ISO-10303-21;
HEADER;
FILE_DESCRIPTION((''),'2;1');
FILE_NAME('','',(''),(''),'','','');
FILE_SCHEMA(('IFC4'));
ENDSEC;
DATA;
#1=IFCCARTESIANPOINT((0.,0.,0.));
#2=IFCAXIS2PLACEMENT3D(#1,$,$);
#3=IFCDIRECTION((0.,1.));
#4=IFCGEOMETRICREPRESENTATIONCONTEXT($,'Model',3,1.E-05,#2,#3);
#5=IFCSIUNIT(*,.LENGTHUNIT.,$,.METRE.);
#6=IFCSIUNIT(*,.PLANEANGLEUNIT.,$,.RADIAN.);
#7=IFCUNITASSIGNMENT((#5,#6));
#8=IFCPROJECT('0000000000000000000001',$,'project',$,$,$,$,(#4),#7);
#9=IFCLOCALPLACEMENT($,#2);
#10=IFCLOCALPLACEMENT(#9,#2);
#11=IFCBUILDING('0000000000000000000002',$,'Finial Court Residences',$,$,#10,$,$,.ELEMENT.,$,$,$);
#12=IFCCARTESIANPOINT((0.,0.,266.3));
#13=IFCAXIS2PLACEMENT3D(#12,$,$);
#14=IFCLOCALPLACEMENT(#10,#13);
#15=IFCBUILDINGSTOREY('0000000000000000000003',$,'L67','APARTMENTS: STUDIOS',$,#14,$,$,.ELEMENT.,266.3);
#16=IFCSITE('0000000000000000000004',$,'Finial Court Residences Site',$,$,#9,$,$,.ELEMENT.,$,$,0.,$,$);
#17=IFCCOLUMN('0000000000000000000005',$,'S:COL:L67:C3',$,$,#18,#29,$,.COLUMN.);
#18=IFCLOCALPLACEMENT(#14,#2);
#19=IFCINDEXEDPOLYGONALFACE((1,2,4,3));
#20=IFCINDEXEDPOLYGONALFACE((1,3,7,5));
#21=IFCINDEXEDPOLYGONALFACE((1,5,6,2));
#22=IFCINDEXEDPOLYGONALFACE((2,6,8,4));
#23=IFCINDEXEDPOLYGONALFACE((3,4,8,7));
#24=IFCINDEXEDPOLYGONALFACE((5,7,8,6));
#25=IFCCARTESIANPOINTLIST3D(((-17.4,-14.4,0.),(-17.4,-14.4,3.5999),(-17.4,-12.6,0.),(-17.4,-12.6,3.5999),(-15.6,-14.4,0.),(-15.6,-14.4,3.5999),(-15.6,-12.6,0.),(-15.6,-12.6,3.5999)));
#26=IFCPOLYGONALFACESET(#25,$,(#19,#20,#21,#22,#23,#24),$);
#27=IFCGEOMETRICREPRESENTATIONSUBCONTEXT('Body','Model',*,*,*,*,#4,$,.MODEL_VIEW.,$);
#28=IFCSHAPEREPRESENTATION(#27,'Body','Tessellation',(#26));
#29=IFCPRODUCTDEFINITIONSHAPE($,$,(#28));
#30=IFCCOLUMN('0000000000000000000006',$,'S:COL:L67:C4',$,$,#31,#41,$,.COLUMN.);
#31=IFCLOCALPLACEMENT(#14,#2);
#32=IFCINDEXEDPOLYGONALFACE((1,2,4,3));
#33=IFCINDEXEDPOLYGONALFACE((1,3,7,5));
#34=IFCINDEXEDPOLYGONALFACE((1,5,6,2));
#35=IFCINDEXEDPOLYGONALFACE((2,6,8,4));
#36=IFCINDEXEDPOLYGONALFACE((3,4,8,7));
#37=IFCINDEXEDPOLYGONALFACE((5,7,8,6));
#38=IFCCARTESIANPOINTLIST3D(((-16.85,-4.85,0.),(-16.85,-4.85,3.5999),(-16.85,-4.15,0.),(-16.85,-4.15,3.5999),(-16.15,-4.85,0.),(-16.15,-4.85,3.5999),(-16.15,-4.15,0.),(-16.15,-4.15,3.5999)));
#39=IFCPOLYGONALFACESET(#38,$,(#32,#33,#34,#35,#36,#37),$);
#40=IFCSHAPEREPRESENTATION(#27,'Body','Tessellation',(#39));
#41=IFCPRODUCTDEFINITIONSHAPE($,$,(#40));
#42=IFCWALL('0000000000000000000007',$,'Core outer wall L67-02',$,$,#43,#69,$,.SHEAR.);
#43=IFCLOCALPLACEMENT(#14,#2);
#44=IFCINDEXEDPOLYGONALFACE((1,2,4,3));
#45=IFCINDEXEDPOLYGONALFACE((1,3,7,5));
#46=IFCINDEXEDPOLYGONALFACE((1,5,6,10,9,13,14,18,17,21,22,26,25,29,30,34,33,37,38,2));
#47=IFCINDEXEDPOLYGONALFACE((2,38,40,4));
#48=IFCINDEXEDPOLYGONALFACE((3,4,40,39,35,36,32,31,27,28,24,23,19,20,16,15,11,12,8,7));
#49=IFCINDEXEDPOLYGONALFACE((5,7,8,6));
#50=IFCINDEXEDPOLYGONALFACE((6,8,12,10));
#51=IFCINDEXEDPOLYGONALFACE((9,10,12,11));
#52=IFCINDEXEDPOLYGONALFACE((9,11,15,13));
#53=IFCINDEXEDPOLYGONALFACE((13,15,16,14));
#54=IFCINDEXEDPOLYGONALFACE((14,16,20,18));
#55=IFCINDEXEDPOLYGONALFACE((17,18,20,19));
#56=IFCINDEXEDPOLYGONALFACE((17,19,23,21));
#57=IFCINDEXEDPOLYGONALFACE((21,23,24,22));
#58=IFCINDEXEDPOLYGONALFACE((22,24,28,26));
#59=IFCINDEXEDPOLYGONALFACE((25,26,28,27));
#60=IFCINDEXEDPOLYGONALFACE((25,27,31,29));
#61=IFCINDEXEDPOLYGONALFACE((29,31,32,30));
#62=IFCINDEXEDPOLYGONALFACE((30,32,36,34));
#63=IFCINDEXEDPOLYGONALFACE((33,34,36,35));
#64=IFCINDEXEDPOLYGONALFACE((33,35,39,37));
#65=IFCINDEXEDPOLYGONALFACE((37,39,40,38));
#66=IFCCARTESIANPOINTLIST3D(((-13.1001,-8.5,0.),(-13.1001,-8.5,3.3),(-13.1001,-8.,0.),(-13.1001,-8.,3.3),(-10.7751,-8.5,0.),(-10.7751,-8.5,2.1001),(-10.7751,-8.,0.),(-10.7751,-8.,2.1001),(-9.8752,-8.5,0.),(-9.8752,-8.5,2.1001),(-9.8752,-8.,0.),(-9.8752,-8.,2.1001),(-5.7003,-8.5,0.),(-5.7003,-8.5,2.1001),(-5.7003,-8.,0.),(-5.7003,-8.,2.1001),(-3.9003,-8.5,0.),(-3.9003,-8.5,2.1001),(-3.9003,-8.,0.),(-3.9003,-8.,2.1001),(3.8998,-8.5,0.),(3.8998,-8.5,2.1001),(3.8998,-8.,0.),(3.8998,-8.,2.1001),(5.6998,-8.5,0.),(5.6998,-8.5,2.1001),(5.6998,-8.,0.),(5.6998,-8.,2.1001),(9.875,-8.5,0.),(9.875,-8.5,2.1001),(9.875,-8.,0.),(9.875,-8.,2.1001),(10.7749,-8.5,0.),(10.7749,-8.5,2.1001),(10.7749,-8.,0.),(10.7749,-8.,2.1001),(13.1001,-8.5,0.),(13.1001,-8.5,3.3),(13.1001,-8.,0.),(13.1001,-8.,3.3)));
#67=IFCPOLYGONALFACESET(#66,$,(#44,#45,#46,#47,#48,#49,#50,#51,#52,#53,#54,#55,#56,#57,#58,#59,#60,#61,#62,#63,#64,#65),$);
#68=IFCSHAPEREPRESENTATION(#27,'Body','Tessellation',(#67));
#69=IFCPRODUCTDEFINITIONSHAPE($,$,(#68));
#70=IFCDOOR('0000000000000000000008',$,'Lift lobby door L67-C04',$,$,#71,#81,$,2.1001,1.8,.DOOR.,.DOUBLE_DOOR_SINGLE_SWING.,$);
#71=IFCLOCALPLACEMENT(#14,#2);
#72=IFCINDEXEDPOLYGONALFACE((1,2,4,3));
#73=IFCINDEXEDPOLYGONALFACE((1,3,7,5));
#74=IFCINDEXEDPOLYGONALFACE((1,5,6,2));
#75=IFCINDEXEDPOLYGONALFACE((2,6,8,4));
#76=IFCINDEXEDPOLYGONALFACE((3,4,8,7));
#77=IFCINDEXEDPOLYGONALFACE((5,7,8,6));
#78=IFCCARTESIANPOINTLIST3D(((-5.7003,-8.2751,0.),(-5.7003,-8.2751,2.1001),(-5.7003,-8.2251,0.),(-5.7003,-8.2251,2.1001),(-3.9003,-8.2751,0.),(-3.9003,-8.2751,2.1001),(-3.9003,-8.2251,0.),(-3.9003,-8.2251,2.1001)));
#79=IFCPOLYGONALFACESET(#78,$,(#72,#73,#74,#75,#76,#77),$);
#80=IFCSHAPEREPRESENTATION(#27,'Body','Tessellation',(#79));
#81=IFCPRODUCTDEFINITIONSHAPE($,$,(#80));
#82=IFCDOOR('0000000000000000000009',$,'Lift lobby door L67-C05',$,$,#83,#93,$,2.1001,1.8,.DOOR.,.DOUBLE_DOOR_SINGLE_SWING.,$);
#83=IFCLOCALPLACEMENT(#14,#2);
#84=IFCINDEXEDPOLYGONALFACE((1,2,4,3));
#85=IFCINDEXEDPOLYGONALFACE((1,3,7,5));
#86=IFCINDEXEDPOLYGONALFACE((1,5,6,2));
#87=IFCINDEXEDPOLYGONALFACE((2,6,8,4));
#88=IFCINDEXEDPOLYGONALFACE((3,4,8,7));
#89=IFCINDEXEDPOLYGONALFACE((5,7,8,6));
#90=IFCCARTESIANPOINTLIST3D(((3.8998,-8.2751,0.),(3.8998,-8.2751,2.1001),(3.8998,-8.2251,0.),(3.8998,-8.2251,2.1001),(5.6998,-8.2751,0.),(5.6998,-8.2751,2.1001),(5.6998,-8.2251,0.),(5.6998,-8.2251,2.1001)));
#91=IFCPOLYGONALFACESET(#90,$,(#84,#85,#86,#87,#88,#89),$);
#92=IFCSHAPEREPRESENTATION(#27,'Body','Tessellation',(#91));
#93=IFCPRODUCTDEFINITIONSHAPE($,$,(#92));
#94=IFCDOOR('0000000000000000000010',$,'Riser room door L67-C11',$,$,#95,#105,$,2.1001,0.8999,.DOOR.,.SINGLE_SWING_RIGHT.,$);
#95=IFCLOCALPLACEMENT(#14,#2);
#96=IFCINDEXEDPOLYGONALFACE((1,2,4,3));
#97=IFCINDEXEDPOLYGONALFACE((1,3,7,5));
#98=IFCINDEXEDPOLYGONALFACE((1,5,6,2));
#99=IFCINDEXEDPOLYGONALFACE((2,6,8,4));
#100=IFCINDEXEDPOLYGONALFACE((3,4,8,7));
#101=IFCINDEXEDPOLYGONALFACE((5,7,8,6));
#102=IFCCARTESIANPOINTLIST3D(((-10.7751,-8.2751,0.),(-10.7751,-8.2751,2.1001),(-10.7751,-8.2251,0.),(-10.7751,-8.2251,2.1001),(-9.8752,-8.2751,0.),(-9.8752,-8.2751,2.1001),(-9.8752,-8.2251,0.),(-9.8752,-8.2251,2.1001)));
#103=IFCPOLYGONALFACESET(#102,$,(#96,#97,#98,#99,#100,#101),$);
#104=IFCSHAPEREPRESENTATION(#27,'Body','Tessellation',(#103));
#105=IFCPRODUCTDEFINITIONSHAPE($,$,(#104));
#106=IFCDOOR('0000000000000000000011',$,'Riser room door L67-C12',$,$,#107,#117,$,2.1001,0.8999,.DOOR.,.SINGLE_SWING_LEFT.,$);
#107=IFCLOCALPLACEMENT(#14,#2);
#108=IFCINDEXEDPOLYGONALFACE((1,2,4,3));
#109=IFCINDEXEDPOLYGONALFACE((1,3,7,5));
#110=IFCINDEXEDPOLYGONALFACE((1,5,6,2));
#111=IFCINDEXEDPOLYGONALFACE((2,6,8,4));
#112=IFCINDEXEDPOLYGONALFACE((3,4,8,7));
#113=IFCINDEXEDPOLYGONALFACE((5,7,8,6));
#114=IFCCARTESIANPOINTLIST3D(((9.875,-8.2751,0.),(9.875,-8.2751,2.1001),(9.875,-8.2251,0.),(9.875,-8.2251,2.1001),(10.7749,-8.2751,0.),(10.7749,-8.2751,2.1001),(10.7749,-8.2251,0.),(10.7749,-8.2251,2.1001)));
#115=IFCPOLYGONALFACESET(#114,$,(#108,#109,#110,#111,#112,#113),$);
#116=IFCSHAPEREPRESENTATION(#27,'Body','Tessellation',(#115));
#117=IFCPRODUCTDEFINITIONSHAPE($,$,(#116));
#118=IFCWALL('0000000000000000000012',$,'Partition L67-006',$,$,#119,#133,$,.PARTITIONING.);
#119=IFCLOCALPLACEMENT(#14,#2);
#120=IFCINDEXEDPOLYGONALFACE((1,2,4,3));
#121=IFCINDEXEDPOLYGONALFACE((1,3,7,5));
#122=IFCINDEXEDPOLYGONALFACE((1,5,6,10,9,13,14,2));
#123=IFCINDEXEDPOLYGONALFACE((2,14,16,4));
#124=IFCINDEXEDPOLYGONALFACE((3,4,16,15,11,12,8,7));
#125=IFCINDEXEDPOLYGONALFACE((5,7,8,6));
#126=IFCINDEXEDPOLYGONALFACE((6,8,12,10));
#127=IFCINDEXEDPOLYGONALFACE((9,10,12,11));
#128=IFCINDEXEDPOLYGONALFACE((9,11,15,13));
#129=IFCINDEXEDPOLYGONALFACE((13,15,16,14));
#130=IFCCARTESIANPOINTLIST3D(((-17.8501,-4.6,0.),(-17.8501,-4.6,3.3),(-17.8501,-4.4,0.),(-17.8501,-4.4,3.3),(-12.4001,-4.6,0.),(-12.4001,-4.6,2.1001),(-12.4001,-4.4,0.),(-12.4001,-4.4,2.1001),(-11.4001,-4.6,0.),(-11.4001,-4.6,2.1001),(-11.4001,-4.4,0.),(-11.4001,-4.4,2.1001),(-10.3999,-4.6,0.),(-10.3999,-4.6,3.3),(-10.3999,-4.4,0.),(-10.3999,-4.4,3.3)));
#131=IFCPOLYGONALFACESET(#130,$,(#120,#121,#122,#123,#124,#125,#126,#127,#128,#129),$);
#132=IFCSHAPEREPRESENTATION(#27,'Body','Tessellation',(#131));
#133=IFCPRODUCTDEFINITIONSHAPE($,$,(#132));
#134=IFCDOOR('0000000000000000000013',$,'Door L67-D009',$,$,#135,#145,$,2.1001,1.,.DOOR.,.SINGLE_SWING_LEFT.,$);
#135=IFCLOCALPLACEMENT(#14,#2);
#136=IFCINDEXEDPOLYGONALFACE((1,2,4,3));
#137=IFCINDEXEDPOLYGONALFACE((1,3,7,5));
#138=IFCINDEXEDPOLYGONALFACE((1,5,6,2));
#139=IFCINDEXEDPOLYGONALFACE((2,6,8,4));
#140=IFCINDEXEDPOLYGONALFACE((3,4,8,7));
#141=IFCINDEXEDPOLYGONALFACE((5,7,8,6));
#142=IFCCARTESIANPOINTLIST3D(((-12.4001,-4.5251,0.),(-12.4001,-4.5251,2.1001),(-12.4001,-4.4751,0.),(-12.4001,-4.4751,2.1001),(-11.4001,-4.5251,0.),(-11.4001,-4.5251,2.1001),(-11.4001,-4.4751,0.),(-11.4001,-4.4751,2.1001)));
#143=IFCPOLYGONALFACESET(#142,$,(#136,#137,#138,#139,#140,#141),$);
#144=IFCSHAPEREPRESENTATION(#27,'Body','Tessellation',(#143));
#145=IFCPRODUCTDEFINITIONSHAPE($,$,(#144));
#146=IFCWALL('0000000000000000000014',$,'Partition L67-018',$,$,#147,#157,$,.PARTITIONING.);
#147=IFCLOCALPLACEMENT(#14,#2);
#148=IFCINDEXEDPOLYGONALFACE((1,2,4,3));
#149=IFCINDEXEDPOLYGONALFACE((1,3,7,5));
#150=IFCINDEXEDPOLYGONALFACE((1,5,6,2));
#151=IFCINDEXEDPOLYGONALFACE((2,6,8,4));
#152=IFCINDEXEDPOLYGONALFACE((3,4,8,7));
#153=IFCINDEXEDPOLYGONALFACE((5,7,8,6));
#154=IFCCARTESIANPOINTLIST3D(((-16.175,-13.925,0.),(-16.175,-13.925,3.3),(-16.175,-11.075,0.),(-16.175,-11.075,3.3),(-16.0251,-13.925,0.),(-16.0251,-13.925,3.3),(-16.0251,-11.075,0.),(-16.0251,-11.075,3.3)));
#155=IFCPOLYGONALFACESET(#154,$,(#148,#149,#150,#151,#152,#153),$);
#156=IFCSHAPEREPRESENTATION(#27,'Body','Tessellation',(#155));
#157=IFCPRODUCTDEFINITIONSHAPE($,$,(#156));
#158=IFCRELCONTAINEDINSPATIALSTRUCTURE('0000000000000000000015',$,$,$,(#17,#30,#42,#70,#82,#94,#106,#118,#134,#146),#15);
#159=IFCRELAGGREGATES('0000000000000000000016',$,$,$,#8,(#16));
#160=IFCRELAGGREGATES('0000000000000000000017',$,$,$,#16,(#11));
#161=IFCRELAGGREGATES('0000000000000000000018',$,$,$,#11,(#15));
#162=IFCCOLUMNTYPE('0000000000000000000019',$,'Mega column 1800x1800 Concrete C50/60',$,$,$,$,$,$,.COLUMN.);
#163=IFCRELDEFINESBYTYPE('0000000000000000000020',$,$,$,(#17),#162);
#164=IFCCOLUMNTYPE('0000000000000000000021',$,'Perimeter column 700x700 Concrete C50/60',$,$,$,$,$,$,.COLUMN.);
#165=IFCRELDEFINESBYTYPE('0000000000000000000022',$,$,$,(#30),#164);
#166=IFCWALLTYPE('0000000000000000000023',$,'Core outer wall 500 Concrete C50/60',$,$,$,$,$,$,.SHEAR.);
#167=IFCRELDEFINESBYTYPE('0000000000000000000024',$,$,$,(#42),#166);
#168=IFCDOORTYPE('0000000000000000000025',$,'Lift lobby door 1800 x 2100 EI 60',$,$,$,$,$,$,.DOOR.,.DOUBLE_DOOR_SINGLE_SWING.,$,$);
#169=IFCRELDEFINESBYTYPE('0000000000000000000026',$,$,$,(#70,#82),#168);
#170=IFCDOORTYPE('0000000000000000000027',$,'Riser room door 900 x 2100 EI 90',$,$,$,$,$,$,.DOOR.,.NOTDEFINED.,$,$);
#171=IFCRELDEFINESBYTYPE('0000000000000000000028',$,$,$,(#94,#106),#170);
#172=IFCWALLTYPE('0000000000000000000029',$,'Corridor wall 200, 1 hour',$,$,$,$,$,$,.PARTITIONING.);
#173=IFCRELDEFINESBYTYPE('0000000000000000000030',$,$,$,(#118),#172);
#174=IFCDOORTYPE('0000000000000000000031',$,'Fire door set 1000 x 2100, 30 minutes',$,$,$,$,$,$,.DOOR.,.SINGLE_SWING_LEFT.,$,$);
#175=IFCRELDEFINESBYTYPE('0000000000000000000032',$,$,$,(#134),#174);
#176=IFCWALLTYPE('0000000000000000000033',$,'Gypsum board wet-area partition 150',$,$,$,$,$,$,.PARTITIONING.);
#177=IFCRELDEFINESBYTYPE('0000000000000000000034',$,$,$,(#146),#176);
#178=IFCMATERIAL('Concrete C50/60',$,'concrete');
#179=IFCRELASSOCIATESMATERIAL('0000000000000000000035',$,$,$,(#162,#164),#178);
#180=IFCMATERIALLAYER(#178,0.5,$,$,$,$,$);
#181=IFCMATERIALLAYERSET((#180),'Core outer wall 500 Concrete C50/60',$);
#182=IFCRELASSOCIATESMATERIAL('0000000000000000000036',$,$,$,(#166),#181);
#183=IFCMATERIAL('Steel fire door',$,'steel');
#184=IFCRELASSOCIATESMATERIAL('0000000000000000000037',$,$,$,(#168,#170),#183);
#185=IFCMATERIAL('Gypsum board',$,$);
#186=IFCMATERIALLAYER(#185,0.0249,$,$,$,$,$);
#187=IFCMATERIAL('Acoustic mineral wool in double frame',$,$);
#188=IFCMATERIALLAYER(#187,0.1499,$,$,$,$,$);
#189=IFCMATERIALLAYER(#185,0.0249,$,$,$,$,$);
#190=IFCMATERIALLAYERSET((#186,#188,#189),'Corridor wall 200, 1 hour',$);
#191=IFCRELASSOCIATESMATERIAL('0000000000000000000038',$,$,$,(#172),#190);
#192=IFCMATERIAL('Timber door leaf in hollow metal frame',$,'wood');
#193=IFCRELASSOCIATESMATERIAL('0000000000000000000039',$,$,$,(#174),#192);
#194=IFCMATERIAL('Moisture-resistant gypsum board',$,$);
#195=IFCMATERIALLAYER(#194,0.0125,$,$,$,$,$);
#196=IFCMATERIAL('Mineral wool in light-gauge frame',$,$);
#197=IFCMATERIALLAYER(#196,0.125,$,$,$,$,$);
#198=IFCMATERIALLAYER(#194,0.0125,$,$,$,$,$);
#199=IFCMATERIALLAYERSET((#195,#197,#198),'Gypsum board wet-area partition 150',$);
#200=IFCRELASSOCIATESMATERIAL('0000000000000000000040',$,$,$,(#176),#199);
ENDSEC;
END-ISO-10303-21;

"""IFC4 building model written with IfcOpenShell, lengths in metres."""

from ifc_helpers import new_model, si_unit, direction, frame, frame_2d, origin, origin_2d, place, context, subcontext, project, spatial, rectangle, extrude, material, layer, layer_set, material_profile, profile_set, type_object, element, fill, save


model = new_model("IFC4")

# Units and contexts
model_context = context("Model", 3, precision=1e-05, world=origin(), true_north=direction((0.0, 1.0)))
body_context = subcontext(model_context, "Body", "Model", "MODEL_VIEW")
ifc_project = project(units=[si_unit("LENGTHUNIT", "METRE"), si_unit("PLANEANGLEUNIT", "RADIAN")], contexts=[model_context])

# Site, building, storey
site_placement = place(None, origin())
site = spatial("IfcSite", under=ifc_project, at=site_placement, Name="Finial Court Residences Site", CompositionType="ELEMENT", RefElevation=0.0)
building_placement = place(site_placement, origin())
building = spatial("IfcBuilding", under=site, at=building_placement, Name="Finial Court Residences", CompositionType="ELEMENT")
storey_placement = place(building_placement, frame((0.0, 0.0, 266.3)))
storey = spatial("IfcBuildingStorey", under=building, at=storey_placement, Name="L67", Description="APARTMENTS: STUDIOS", CompositionType="ELEMENT", Elevation=266.3)

# Columns
ifc_material_1 = material(Name="Concrete C50/60", Category="concrete")
ifc_material_profile_1 = material_profile(ifc_material_1, rectangle(XDim=1.8, YDim=1.8, at=origin_2d()), Name="1800x1800")
ifc_profile_set_1 = profile_set([ifc_material_profile_1], Name="Concrete C50/60")
column_type_1 = type_object("IfcColumnType", Name="Mega column 1800x1800 Concrete C50/60", PredefinedType="COLUMN", material=ifc_profile_set_1)
column_1_placement = place(storey_placement, frame((-16.5, -13.5, 0.0), z_axis=(0.0, 0.0, 1.0), x_axis=(1.0, 0.0, 0.0)))
element("IfcColumn", 1, at=column_1_placement, inside=storey, type_object=column_type_1, Name="S:COL:L67:C3", PredefinedType="COLUMN", context=body_context, shape_type="SweptSolid", body=[
    extrude(rectangle(XDim=1.8, YDim=1.8, at=origin_2d()), origin(), (0.0, 0.0, 1.0), 3.5999),
])
ifc_material_profile_2 = material_profile(ifc_material_1, rectangle(XDim=0.7, YDim=0.7, at=origin_2d()), Name="700x700")
ifc_profile_set_2 = profile_set([ifc_material_profile_2], Name="Concrete C50/60")
column_type_2 = type_object("IfcColumnType", Name="Perimeter column 700x700 Concrete C50/60", PredefinedType="COLUMN", material=ifc_profile_set_2)
column_2_placement = place(storey_placement, frame((-16.5, -4.5, 0.0), z_axis=(0.0, 0.0, 1.0), x_axis=(1.0, 0.0, 0.0)))
element("IfcColumn", 2, at=column_2_placement, inside=storey, type_object=column_type_2, Name="S:COL:L67:C4", PredefinedType="COLUMN", context=body_context, shape_type="SweptSolid", body=[
    extrude(rectangle(XDim=0.7, YDim=0.7, at=origin_2d()), origin(), (0.0, 0.0, 1.0), 3.5999),
])

# Wall, openings, doors
ifc_layer_1 = layer(ifc_material_1, 0.5)
ifc_layer_set_1 = layer_set([ifc_layer_1], Name="Core outer wall 500 Concrete C50/60")
wall_type_1 = type_object("IfcWallType", Name="Core outer wall 500 Concrete C50/60", PredefinedType="SHEAR", material=ifc_layer_set_1)
wall_1_placement = place(storey_placement, frame((-13.1001, -8.25, 0.0), z_axis=(0.0, 0.0, 1.0), x_axis=(1.0, 0.0, 0.0)))
wall_1 = element("IfcWall", 3, at=wall_1_placement, inside=storey, type_object=wall_type_1, Name="Core outer wall L67-02", PredefinedType="SHEAR", context=body_context, shape_type="SweptSolid", body=[
    extrude(rectangle(XDim=26.2002, YDim=0.5, at=frame_2d((13.1001, 0.0))), origin(), (0.0, 0.0, 1.0), 3.3),
])
opening_1_placement = place(wall_1_placement, frame((7.3999, 0.0, 0.0)))
opening_1 = element("IfcOpeningElement", 4, at=opening_1_placement, cuts=wall_1, PredefinedType="OPENING", context=body_context, shape_type="SweptSolid", body=[
    extrude(rectangle(XDim=1.8, YDim=2.1001, at=frame_2d((0.8999, 1.05))), frame((0.0, 0.26, 0.0), z_axis=(0.0, -1.0, 0.0), x_axis=(1.0, 0.0, 0.0)), (0.0, 0.0, 1.0), 0.52),
])
opening_2_placement = place(wall_1_placement, frame((17.0, 0.0, 0.0)))
opening_2 = element("IfcOpeningElement", 5, at=opening_2_placement, cuts=wall_1, PredefinedType="OPENING", context=body_context, shape_type="SweptSolid", body=[
    extrude(rectangle(XDim=1.8, YDim=2.1001, at=frame_2d((0.8999, 1.05))), frame((0.0, 0.26, 0.0), z_axis=(0.0, -1.0, 0.0), x_axis=(1.0, 0.0, 0.0)), (0.0, 0.0, 1.0), 0.52),
])
opening_3_placement = place(wall_1_placement, frame((2.325, 0.0, 0.0)))
opening_3 = element("IfcOpeningElement", 6, at=opening_3_placement, cuts=wall_1, PredefinedType="OPENING", context=body_context, shape_type="SweptSolid", body=[
    extrude(rectangle(XDim=0.8999, YDim=2.1001, at=frame_2d((0.45, 1.05))), frame((0.0, 0.26, 0.0), z_axis=(0.0, -1.0, 0.0), x_axis=(1.0, 0.0, 0.0)), (0.0, 0.0, 1.0), 0.52),
])
opening_4_placement = place(wall_1_placement, frame((22.9751, 0.0, 0.0)))
opening_4 = element("IfcOpeningElement", 7, at=opening_4_placement, cuts=wall_1, PredefinedType="OPENING", context=body_context, shape_type="SweptSolid", body=[
    extrude(rectangle(XDim=0.8999, YDim=2.1001, at=frame_2d((0.45, 1.05))), frame((0.0, 0.26, 0.0), z_axis=(0.0, -1.0, 0.0), x_axis=(1.0, 0.0, 0.0)), (0.0, 0.0, 1.0), 0.52),
])
ifc_material_2 = material(Name="Steel fire door", Category="steel")
door_type_1 = type_object("IfcDoorType", Name="Lift lobby door 1800 x 2100 EI 60", OperationType="DOUBLE_DOOR_SINGLE_SWING", PredefinedType="DOOR", material=ifc_material_2)
door_1_placement = place(opening_1_placement, origin())
door_1 = element("IfcDoor", 8, at=door_1_placement, inside=storey, type_object=door_type_1, Name="Lift lobby door L67-C04", OperationType="DOUBLE_DOOR_SINGLE_SWING", OverallHeight=2.1001, OverallWidth=1.8, PredefinedType="DOOR", context=body_context, shape_type="SweptSolid", body=[
    extrude(rectangle(XDim=1.8, YDim=2.1001, at=frame_2d((0.8999, 1.05))), frame((0.0, 0.0249, 0.0), z_axis=(0.0, -1.0, 0.0), x_axis=(1.0, 0.0, 0.0)), (0.0, 0.0, 1.0), 0.05),
])
fill(opening_1, door_1)
door_2_placement = place(opening_2_placement, origin())
door_2 = element("IfcDoor", 9, at=door_2_placement, inside=storey, type_object=door_type_1, Name="Lift lobby door L67-C05", OperationType="DOUBLE_DOOR_SINGLE_SWING", OverallHeight=2.1001, OverallWidth=1.8, PredefinedType="DOOR", context=body_context, shape_type="SweptSolid", body=[
    extrude(rectangle(XDim=1.8, YDim=2.1001, at=frame_2d((0.8999, 1.05))), frame((0.0, 0.0249, 0.0), z_axis=(0.0, -1.0, 0.0), x_axis=(1.0, 0.0, 0.0)), (0.0, 0.0, 1.0), 0.05),
])
fill(opening_2, door_2)
door_type_2 = type_object("IfcDoorType", Name="Riser room door 900 x 2100 EI 90", OperationType="NOTDEFINED", PredefinedType="DOOR", material=ifc_material_2)
door_3_placement = place(opening_3_placement, origin())
door_3 = element("IfcDoor", 10, at=door_3_placement, inside=storey, type_object=door_type_2, Name="Riser room door L67-C11", OperationType="SINGLE_SWING_RIGHT", OverallHeight=2.1001, OverallWidth=0.8999, PredefinedType="DOOR", context=body_context, shape_type="SweptSolid", body=[
    extrude(rectangle(XDim=0.8999, YDim=2.1001, at=frame_2d((0.45, 1.05))), frame((0.0, 0.0249, 0.0), z_axis=(0.0, -1.0, 0.0), x_axis=(1.0, 0.0, 0.0)), (0.0, 0.0, 1.0), 0.05),
])
fill(opening_3, door_3)
door_4_placement = place(opening_4_placement, origin())
door_4 = element("IfcDoor", 11, at=door_4_placement, inside=storey, type_object=door_type_2, Name="Riser room door L67-C12", OperationType="SINGLE_SWING_LEFT", OverallHeight=2.1001, OverallWidth=0.8999, PredefinedType="DOOR", context=body_context, shape_type="SweptSolid", body=[
    extrude(rectangle(XDim=0.8999, YDim=2.1001, at=frame_2d((0.45, 1.05))), frame((0.0, 0.0249, 0.0), z_axis=(0.0, -1.0, 0.0), x_axis=(1.0, 0.0, 0.0)), (0.0, 0.0, 1.0), 0.05),
])
fill(opening_4, door_4)

# Wall, opening, door
ifc_material_3 = material(Name="Gypsum board")
ifc_layer_2 = layer(ifc_material_3, 0.0249)
ifc_material_4 = material(Name="Acoustic mineral wool in double frame")
ifc_layer_3 = layer(ifc_material_4, 0.1499)
ifc_layer_4 = layer(ifc_material_3, 0.0249)
ifc_layer_set_2 = layer_set([ifc_layer_2, ifc_layer_3, ifc_layer_4], Name="Corridor wall 200, 1 hour")
wall_type_2 = type_object("IfcWallType", Name="Corridor wall 200, 1 hour", PredefinedType="PARTITIONING", material=ifc_layer_set_2)
wall_2_placement = place(storey_placement, frame((-17.8501, -4.5, 0.0), z_axis=(0.0, 0.0, 1.0), x_axis=(1.0, 0.0, 0.0)))
wall_2 = element("IfcWall", 12, at=wall_2_placement, inside=storey, type_object=wall_type_2, Name="Partition L67-006", PredefinedType="PARTITIONING", context=body_context, shape_type="SweptSolid", body=[
    extrude(rectangle(XDim=7.4502, YDim=0.2, at=frame_2d((3.7251, 0.0))), origin(), (0.0, 0.0, 1.0), 3.3),
])
opening_5_placement = place(wall_2_placement, frame((5.45, 0.0, 0.0)))
opening_5 = element("IfcOpeningElement", 13, at=opening_5_placement, cuts=wall_2, PredefinedType="OPENING", context=body_context, shape_type="SweptSolid", body=[
    extrude(rectangle(XDim=1.0, YDim=2.1001, at=frame_2d((0.5, 1.05))), frame((0.0, 0.1099, 0.0), z_axis=(0.0, -1.0, 0.0), x_axis=(1.0, 0.0, 0.0)), (0.0, 0.0, 1.0), 0.22),
])
ifc_material_5 = material(Name="Timber door leaf in hollow metal frame", Category="wood")
door_type_3 = type_object("IfcDoorType", Name="Fire door set 1000 x 2100, 30 minutes", OperationType="SINGLE_SWING_LEFT", PredefinedType="DOOR", material=ifc_material_5)
door_5_placement = place(opening_5_placement, origin())
door_5 = element("IfcDoor", 14, at=door_5_placement, inside=storey, type_object=door_type_3, Name="Door L67-D009", OperationType="SINGLE_SWING_LEFT", OverallHeight=2.1001, OverallWidth=1.0, PredefinedType="DOOR", context=body_context, shape_type="SweptSolid", body=[
    extrude(rectangle(XDim=1.0, YDim=2.1001, at=frame_2d((0.5, 1.05))), frame((0.0, 0.0249, 0.0), z_axis=(0.0, -1.0, 0.0), x_axis=(1.0, 0.0, 0.0)), (0.0, 0.0, 1.0), 0.05),
])
fill(opening_5, door_5)

# Wall
ifc_material_6 = material(Name="Moisture-resistant gypsum board")
ifc_layer_5 = layer(ifc_material_6, 0.0125)
ifc_material_7 = material(Name="Mineral wool in light-gauge frame")
ifc_layer_6 = layer(ifc_material_7, 0.125)
ifc_layer_7 = layer(ifc_material_6, 0.0125)
ifc_layer_set_3 = layer_set([ifc_layer_5, ifc_layer_6, ifc_layer_7], Name="Gypsum board wet-area partition 150")
wall_type_3 = type_object("IfcWallType", Name="Gypsum board wet-area partition 150", PredefinedType="PARTITIONING", material=ifc_layer_set_3)
wall_3_placement = place(storey_placement, frame((-16.1001, -13.925, 0.0), z_axis=(0.0, 0.0, 1.0), x_axis=(0.0, 1.0, 0.0)))
element("IfcWall", 15, at=wall_3_placement, inside=storey, type_object=wall_type_3, Name="Partition L67-018", PredefinedType="PARTITIONING", context=body_context, shape_type="SweptSolid", body=[
    extrude(rectangle(XDim=2.8501, YDim=0.1499, at=frame_2d((1.425, 0.0))), origin(), (0.0, 0.0, 1.0), 3.3),
])

save(model, "model.ifc")
